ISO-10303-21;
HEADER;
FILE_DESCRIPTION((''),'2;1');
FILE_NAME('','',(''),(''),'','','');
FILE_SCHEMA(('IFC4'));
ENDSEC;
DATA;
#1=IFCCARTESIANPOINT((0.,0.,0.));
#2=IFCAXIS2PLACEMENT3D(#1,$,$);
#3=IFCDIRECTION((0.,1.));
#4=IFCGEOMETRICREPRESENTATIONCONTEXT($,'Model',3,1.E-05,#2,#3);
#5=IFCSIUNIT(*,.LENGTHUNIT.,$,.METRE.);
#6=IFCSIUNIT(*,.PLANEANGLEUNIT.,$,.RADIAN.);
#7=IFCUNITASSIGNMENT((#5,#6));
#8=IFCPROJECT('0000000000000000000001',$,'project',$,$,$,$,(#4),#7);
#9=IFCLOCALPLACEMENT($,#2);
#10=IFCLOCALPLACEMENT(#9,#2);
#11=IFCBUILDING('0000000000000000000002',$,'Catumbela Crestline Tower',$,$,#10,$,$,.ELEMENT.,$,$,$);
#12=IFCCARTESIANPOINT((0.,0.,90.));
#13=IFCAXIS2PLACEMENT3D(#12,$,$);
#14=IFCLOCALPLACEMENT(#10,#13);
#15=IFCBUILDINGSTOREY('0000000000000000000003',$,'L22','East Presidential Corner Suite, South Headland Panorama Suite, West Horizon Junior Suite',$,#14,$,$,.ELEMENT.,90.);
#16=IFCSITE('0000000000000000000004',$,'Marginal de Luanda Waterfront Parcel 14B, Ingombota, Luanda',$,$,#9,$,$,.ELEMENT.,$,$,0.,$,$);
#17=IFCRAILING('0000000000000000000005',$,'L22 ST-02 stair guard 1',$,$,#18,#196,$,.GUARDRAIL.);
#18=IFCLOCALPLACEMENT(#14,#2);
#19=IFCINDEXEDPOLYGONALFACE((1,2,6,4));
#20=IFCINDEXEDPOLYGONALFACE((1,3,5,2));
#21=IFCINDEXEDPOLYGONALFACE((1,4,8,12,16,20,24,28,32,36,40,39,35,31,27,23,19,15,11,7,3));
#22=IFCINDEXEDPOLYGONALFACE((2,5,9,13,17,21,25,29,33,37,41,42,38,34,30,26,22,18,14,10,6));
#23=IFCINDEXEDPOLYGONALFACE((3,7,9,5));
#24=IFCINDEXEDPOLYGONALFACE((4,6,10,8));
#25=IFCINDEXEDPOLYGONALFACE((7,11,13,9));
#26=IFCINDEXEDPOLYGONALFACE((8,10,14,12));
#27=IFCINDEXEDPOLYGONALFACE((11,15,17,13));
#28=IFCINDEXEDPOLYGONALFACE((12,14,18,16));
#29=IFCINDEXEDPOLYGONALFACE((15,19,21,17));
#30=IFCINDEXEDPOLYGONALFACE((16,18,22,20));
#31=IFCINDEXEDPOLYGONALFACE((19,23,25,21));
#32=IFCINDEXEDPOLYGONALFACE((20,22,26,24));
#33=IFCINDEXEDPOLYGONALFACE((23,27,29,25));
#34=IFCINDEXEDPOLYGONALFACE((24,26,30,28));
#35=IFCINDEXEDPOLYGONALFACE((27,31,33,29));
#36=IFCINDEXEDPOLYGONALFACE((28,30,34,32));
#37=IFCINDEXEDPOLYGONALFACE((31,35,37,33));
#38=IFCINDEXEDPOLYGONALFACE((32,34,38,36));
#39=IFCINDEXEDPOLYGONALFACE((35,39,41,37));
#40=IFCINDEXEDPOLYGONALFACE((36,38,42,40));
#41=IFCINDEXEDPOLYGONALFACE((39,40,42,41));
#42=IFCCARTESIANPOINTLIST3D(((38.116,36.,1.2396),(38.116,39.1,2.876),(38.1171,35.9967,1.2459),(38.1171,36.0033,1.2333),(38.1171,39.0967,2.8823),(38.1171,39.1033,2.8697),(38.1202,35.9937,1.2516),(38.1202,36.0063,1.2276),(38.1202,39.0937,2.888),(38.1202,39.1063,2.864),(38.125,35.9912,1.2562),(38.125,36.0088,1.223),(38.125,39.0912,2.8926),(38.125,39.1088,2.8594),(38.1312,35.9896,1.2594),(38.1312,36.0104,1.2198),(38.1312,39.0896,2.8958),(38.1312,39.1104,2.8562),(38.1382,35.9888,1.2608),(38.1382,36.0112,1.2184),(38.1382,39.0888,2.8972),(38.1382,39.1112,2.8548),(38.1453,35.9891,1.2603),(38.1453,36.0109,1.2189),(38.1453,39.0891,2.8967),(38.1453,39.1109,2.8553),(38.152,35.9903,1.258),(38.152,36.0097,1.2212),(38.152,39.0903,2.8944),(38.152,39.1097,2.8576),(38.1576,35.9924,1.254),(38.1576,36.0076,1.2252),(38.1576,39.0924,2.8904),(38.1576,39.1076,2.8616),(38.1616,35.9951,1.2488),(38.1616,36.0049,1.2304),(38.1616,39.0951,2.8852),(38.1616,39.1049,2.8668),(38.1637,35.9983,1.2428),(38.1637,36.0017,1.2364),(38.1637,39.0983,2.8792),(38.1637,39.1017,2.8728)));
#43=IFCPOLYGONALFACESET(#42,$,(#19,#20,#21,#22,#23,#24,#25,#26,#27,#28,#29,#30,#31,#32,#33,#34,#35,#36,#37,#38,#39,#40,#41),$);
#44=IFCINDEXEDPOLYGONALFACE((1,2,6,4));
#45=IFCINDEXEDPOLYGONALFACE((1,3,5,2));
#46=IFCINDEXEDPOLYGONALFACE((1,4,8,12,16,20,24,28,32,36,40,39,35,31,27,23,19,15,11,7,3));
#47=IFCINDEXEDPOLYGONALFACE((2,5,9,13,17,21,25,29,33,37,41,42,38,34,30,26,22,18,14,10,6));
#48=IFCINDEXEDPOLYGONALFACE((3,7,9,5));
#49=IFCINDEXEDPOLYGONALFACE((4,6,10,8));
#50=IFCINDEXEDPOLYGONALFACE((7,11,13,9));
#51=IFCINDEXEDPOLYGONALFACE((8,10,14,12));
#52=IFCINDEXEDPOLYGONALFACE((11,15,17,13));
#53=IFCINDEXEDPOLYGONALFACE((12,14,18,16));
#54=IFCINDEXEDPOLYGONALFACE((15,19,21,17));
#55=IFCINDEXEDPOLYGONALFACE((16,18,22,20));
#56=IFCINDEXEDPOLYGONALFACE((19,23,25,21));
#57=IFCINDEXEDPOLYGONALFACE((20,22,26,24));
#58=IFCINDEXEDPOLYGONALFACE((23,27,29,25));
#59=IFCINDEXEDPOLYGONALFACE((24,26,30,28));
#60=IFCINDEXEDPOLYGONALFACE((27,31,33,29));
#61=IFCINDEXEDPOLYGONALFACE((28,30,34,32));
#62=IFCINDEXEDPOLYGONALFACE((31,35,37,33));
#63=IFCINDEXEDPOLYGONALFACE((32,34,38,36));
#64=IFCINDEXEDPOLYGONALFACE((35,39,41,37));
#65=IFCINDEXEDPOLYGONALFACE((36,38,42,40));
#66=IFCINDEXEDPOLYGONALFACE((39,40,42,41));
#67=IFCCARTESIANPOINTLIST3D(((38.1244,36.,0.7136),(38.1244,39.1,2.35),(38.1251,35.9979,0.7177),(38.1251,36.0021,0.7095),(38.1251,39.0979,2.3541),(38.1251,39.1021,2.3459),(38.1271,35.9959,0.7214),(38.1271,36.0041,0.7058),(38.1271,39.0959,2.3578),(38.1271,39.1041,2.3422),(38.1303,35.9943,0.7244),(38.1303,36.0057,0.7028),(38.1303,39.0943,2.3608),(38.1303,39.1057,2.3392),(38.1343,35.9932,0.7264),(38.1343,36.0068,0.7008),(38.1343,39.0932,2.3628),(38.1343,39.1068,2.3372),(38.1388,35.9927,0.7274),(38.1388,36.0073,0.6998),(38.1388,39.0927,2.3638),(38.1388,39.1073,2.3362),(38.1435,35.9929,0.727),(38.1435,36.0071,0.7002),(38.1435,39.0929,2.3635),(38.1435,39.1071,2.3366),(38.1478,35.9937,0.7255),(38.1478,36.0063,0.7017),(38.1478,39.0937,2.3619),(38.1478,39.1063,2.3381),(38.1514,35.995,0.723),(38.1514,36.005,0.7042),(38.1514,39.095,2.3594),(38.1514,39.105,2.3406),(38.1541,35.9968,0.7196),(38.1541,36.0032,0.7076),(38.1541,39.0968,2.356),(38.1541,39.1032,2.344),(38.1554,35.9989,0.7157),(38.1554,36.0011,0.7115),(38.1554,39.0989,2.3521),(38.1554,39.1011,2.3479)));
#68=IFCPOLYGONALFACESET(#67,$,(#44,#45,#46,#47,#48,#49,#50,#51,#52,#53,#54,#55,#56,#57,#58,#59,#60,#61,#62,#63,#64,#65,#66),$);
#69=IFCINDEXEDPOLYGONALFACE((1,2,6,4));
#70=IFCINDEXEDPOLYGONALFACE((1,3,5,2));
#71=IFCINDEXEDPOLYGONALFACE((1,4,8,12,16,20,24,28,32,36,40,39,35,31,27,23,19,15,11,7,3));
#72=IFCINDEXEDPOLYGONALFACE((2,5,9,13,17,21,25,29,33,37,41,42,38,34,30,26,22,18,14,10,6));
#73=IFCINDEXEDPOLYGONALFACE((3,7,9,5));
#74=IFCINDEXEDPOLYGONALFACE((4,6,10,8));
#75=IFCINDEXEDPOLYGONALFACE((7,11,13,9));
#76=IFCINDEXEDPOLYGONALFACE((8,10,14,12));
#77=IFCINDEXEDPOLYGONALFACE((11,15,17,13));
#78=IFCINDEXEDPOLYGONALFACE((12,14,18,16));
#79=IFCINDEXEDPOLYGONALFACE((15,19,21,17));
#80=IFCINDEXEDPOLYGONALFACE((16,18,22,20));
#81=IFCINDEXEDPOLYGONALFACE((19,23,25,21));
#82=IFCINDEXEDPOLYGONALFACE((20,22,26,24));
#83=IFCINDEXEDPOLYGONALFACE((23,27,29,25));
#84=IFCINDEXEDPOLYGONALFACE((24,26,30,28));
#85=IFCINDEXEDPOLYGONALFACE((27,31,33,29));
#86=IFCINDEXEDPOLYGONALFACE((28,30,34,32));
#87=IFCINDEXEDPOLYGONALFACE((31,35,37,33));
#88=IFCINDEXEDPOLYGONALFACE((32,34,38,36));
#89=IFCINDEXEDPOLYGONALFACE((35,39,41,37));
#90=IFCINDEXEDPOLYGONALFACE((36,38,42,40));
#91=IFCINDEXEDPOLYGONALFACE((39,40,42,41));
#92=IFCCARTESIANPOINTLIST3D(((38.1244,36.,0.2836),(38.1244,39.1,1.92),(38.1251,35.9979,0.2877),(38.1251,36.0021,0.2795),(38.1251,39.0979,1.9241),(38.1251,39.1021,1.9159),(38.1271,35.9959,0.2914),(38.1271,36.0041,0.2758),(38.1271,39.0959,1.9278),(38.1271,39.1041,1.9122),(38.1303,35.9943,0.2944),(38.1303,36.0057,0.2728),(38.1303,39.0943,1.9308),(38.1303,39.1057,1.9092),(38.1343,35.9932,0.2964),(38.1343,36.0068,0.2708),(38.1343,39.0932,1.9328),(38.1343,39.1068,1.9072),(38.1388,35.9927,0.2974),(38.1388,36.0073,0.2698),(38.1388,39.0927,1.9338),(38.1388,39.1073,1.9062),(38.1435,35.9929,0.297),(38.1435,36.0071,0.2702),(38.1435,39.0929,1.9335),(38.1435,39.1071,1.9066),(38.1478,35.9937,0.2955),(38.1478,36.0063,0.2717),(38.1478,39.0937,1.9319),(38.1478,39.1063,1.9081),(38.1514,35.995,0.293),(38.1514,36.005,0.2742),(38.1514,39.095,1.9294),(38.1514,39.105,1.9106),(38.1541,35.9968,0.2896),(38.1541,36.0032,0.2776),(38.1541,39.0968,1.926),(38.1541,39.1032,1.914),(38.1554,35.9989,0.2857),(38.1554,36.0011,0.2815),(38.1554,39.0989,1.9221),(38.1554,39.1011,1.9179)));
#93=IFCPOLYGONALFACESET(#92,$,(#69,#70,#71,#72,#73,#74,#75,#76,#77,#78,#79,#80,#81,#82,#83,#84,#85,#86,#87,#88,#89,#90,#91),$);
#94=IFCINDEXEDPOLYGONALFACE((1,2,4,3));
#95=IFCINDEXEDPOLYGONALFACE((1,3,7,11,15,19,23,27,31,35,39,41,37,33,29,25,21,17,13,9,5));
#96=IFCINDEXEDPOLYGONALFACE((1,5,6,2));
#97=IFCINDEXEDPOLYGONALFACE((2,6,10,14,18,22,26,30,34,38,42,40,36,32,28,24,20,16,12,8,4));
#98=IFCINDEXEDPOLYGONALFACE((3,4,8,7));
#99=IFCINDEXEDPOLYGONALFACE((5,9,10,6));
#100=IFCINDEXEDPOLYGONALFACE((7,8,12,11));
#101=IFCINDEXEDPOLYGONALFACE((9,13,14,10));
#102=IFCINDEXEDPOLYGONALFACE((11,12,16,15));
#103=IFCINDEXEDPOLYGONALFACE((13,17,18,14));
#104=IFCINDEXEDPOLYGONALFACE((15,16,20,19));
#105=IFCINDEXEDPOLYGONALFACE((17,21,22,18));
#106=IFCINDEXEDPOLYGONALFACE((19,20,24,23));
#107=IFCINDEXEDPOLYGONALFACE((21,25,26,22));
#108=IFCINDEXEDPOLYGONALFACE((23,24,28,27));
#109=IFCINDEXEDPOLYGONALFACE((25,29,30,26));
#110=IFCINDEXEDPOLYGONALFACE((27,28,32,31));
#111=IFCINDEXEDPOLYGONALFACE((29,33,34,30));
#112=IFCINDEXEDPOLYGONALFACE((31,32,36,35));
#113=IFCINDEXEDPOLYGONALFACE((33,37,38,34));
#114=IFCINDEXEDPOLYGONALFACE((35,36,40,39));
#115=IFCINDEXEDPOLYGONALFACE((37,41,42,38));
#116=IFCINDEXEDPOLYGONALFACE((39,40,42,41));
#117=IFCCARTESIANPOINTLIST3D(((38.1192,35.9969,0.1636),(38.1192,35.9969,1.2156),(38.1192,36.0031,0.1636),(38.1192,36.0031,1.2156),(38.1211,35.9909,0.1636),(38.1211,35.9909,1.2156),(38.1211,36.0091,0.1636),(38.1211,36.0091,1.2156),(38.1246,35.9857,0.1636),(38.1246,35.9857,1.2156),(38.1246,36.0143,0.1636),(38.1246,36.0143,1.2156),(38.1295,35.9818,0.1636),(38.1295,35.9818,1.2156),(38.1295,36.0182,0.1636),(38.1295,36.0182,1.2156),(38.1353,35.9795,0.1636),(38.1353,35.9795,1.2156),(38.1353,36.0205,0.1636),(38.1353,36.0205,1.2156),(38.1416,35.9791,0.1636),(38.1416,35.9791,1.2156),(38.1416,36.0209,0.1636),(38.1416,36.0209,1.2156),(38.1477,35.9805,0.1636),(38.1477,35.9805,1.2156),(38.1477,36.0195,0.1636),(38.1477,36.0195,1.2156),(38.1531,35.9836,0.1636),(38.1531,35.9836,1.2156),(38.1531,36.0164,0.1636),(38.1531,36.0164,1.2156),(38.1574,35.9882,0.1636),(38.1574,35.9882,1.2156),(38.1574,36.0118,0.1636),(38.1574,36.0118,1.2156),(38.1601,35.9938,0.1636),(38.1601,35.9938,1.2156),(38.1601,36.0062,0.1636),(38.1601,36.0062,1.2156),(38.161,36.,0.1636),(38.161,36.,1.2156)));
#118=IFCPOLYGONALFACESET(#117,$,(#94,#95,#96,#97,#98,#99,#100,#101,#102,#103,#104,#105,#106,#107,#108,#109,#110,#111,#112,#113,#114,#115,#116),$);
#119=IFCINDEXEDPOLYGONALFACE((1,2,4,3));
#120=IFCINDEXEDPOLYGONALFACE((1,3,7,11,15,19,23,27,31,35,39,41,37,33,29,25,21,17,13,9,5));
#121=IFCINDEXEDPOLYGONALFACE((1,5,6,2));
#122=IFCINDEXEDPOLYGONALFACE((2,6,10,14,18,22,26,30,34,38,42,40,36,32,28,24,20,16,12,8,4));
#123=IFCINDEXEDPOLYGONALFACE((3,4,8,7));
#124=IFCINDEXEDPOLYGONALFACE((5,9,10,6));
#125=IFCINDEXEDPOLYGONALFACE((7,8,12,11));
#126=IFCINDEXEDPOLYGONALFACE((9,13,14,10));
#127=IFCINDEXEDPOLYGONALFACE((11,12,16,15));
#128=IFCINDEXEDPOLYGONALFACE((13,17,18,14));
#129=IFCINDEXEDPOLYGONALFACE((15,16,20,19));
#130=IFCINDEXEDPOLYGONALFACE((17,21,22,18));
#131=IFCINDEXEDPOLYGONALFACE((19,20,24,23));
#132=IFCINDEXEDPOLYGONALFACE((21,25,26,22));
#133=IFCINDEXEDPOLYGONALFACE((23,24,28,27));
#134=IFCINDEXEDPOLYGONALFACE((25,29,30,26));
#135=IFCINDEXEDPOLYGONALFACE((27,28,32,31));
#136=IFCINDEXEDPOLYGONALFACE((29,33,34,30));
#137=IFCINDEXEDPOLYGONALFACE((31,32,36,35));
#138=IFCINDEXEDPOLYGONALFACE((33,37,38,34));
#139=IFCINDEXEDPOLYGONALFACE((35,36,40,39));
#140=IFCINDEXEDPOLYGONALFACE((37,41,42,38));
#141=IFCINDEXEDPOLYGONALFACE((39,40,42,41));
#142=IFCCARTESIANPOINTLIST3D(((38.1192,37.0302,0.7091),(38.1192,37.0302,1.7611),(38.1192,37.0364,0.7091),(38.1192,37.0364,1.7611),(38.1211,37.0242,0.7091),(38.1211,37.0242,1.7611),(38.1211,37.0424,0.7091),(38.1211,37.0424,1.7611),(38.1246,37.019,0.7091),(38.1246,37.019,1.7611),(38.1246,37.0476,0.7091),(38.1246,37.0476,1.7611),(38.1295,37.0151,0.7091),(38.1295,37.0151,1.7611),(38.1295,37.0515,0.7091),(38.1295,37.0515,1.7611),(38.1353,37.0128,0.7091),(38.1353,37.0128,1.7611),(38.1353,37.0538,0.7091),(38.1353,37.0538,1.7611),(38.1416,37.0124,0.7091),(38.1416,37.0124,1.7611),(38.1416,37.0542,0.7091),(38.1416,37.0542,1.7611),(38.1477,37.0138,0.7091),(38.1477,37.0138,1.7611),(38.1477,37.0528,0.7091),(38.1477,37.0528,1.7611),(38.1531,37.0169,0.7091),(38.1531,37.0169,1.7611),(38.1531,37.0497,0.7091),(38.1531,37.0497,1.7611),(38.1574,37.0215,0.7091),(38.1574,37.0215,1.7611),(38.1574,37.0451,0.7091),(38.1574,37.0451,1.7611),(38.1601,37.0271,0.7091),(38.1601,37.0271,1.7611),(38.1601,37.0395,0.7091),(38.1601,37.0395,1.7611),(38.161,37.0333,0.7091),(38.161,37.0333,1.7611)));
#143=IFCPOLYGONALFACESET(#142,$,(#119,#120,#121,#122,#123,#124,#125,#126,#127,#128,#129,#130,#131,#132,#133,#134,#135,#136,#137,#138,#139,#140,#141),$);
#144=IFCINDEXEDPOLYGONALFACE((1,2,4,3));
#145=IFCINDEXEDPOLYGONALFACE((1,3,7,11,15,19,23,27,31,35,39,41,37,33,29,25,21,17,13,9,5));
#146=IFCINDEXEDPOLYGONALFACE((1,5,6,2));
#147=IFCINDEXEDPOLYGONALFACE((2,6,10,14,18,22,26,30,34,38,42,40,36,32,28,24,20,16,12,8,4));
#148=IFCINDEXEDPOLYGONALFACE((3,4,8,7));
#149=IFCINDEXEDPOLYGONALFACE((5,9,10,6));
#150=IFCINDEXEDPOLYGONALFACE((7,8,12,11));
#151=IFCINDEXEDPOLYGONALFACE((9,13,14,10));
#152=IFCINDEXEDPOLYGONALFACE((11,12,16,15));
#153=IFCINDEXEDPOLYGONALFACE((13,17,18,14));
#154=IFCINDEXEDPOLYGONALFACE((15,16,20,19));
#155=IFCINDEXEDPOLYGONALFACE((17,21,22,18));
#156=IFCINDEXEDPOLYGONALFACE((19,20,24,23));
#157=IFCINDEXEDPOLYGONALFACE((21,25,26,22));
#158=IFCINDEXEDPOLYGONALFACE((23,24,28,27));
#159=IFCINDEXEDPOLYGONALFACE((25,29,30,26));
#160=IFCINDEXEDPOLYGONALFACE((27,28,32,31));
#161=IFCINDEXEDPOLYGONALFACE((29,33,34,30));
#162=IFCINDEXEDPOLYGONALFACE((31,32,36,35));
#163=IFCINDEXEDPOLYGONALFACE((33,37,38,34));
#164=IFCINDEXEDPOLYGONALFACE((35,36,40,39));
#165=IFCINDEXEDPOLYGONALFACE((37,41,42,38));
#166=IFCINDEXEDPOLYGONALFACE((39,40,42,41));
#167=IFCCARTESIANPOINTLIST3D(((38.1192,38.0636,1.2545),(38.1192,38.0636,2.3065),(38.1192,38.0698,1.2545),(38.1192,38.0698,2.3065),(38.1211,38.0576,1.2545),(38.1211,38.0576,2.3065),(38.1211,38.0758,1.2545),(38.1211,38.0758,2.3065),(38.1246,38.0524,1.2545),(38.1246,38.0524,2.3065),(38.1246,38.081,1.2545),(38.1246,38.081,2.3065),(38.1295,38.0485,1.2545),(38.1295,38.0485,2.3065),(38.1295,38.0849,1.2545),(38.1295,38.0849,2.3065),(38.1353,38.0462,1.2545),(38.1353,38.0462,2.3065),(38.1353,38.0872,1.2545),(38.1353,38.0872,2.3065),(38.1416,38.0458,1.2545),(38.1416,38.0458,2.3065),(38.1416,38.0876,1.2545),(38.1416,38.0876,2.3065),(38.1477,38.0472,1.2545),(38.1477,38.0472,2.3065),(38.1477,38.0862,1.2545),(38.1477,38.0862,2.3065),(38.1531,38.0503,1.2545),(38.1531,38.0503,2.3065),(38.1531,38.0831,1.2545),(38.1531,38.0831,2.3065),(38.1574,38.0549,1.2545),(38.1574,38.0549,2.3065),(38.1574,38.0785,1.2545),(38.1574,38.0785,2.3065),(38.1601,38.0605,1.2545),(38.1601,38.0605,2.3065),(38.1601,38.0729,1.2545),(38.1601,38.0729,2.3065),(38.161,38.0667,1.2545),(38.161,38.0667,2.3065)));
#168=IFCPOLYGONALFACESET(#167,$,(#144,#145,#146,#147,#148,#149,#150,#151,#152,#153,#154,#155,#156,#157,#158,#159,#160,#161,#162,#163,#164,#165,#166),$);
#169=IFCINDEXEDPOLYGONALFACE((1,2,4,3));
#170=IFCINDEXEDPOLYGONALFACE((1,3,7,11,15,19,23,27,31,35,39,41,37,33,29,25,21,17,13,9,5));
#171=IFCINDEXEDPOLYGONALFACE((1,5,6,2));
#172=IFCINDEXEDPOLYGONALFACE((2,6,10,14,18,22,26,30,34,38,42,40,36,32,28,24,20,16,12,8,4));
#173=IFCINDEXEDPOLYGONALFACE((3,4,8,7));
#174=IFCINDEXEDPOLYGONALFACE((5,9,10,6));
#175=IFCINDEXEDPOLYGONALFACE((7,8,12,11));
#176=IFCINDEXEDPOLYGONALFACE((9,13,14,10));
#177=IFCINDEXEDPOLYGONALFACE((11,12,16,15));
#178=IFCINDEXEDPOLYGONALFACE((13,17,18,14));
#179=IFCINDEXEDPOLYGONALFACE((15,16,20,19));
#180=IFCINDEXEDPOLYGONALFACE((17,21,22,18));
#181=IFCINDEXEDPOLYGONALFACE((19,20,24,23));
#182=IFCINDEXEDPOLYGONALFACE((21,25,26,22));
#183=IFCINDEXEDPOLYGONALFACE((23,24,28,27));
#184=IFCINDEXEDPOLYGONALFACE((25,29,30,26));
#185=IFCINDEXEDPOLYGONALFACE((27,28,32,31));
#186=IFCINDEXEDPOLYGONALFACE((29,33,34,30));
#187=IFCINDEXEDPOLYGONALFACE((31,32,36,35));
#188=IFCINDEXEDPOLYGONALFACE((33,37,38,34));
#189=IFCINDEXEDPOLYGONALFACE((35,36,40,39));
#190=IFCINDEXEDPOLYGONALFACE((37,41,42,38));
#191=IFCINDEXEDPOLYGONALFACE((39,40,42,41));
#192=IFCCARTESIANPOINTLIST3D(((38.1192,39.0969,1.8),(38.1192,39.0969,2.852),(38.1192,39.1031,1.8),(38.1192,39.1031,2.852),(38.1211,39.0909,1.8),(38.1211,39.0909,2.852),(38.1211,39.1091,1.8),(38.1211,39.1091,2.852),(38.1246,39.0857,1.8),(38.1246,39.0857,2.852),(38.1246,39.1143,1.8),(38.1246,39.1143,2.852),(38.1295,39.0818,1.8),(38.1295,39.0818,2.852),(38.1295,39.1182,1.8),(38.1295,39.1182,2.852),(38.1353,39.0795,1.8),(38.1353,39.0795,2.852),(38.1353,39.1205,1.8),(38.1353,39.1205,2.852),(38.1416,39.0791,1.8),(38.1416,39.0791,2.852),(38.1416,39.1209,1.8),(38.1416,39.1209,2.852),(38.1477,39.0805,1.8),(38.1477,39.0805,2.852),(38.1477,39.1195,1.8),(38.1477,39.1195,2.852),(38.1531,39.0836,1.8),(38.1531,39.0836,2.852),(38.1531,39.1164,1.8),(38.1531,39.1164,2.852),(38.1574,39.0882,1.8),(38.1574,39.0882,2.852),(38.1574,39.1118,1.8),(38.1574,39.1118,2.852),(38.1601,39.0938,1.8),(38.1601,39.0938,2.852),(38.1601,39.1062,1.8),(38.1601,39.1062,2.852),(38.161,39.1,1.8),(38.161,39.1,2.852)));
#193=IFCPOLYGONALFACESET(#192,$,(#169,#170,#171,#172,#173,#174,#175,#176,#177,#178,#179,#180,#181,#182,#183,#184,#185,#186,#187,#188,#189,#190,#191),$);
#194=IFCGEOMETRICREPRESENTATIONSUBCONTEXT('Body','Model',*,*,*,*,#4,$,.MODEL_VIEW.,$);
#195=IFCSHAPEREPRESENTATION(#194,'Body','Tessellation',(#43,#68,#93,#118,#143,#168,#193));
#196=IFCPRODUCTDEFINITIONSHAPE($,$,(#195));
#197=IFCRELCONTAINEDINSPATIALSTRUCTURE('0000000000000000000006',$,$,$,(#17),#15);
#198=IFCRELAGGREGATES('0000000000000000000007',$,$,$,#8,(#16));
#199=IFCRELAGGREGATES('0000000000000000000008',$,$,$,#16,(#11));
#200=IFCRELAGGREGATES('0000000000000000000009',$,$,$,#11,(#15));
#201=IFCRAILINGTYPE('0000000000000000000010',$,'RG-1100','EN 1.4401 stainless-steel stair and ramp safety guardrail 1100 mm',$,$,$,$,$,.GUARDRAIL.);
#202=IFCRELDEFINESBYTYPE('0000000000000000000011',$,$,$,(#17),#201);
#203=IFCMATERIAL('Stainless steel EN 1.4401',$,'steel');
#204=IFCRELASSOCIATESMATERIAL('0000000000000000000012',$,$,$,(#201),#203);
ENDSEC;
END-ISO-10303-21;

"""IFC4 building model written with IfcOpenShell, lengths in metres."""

from ifc_helpers import new_model, si_unit, direction, frame, origin, origin_2d, place, context, subcontext, project, spatial, circle, extrude, material, type_object, element, save


model = new_model("IFC4")

# Units and contexts
model_context = context("Model", 3, precision=1e-05, world=origin(), true_north=direction((0.0, 1.0)))
body_context = subcontext(model_context, "Body", "Model", "MODEL_VIEW")
ifc_project = project(units=[si_unit("LENGTHUNIT", "METRE"), si_unit("PLANEANGLEUNIT", "RADIAN")], contexts=[model_context])

# Site, building, storey
site_placement = place(None, origin())
site = spatial("IfcSite", under=ifc_project, at=site_placement, Name="Marginal de Luanda Waterfront Parcel 14B, Ingombota, Luanda", CompositionType="ELEMENT", RefElevation=0.0)
building_placement = place(site_placement, origin())
building = spatial("IfcBuilding", under=site, at=building_placement, Name="Catumbela Crestline Tower", CompositionType="ELEMENT")
storey_placement = place(building_placement, frame((0.0, 0.0, 90.0)))
storey = spatial("IfcBuildingStorey", under=building, at=storey_placement, Name="L22", Description="East Presidential Corner Suite, South Headland Panorama Suite, West Horizon Junior Suite", CompositionType="ELEMENT", Elevation=90.0)

# Shared definitions
ifc_material_1 = material(Name="Stainless steel EN 1.4401", Category="steel")

# Railing
railing_type_1 = type_object("IfcRailingType", Name="RG-1100", Description="EN 1.4401 stainless-steel stair and ramp safety guardrail 1100 mm", PredefinedType="GUARDRAIL", material=ifc_material_1)
railing_1_placement = place(storey_placement, frame((38.14, 36.0, 0.1636)))
element("IfcRailing", 1, at=railing_1_placement, inside=storey, type_object=railing_type_1, Name="L22 ST-02 stair guard 1", PredefinedType="GUARDRAIL", context=body_context, shape_type="SweptSolid", body=[
    extrude(circle(Radius=0.024, at=origin_2d()), frame((0.0, 0.0, 1.076), z_axis=(0.0, 0.884351, 0.466823), x_axis=(-1.0, 0.0, 0.0)), (0.0, 0.0, 1.0), 3.5054),
    extrude(circle(Radius=0.0156, at=origin_2d()), frame((0.0, 0.0, 0.55), z_axis=(0.0, 0.884351, 0.466823), x_axis=(-1.0, 0.0, 0.0)), (0.0, 0.0, 1.0), 3.5054),
    extrude(circle(Radius=0.0156, at=origin_2d()), frame((0.0, 0.0, 0.12), z_axis=(0.0, 0.884351, 0.466823), x_axis=(-1.0, 0.0, 0.0)), (0.0, 0.0, 1.0), 3.5054),
    extrude(circle(Radius=0.021, at=origin_2d()), origin(), (0.0, 0.0, 1.0), 1.052),
    extrude(circle(Radius=0.021, at=origin_2d()), frame((0.0, 1.0333, 0.5455)), (0.0, 0.0, 1.0), 1.052),
    extrude(circle(Radius=0.021, at=origin_2d()), frame((0.0, 2.0667, 1.0909)), (0.0, 0.0, 1.0), 1.052),
    extrude(circle(Radius=0.021, at=origin_2d()), frame((0.0, 3.1, 1.6364)), (0.0, 0.0, 1.0), 1.052),
])

save(model, "model.ifc")
